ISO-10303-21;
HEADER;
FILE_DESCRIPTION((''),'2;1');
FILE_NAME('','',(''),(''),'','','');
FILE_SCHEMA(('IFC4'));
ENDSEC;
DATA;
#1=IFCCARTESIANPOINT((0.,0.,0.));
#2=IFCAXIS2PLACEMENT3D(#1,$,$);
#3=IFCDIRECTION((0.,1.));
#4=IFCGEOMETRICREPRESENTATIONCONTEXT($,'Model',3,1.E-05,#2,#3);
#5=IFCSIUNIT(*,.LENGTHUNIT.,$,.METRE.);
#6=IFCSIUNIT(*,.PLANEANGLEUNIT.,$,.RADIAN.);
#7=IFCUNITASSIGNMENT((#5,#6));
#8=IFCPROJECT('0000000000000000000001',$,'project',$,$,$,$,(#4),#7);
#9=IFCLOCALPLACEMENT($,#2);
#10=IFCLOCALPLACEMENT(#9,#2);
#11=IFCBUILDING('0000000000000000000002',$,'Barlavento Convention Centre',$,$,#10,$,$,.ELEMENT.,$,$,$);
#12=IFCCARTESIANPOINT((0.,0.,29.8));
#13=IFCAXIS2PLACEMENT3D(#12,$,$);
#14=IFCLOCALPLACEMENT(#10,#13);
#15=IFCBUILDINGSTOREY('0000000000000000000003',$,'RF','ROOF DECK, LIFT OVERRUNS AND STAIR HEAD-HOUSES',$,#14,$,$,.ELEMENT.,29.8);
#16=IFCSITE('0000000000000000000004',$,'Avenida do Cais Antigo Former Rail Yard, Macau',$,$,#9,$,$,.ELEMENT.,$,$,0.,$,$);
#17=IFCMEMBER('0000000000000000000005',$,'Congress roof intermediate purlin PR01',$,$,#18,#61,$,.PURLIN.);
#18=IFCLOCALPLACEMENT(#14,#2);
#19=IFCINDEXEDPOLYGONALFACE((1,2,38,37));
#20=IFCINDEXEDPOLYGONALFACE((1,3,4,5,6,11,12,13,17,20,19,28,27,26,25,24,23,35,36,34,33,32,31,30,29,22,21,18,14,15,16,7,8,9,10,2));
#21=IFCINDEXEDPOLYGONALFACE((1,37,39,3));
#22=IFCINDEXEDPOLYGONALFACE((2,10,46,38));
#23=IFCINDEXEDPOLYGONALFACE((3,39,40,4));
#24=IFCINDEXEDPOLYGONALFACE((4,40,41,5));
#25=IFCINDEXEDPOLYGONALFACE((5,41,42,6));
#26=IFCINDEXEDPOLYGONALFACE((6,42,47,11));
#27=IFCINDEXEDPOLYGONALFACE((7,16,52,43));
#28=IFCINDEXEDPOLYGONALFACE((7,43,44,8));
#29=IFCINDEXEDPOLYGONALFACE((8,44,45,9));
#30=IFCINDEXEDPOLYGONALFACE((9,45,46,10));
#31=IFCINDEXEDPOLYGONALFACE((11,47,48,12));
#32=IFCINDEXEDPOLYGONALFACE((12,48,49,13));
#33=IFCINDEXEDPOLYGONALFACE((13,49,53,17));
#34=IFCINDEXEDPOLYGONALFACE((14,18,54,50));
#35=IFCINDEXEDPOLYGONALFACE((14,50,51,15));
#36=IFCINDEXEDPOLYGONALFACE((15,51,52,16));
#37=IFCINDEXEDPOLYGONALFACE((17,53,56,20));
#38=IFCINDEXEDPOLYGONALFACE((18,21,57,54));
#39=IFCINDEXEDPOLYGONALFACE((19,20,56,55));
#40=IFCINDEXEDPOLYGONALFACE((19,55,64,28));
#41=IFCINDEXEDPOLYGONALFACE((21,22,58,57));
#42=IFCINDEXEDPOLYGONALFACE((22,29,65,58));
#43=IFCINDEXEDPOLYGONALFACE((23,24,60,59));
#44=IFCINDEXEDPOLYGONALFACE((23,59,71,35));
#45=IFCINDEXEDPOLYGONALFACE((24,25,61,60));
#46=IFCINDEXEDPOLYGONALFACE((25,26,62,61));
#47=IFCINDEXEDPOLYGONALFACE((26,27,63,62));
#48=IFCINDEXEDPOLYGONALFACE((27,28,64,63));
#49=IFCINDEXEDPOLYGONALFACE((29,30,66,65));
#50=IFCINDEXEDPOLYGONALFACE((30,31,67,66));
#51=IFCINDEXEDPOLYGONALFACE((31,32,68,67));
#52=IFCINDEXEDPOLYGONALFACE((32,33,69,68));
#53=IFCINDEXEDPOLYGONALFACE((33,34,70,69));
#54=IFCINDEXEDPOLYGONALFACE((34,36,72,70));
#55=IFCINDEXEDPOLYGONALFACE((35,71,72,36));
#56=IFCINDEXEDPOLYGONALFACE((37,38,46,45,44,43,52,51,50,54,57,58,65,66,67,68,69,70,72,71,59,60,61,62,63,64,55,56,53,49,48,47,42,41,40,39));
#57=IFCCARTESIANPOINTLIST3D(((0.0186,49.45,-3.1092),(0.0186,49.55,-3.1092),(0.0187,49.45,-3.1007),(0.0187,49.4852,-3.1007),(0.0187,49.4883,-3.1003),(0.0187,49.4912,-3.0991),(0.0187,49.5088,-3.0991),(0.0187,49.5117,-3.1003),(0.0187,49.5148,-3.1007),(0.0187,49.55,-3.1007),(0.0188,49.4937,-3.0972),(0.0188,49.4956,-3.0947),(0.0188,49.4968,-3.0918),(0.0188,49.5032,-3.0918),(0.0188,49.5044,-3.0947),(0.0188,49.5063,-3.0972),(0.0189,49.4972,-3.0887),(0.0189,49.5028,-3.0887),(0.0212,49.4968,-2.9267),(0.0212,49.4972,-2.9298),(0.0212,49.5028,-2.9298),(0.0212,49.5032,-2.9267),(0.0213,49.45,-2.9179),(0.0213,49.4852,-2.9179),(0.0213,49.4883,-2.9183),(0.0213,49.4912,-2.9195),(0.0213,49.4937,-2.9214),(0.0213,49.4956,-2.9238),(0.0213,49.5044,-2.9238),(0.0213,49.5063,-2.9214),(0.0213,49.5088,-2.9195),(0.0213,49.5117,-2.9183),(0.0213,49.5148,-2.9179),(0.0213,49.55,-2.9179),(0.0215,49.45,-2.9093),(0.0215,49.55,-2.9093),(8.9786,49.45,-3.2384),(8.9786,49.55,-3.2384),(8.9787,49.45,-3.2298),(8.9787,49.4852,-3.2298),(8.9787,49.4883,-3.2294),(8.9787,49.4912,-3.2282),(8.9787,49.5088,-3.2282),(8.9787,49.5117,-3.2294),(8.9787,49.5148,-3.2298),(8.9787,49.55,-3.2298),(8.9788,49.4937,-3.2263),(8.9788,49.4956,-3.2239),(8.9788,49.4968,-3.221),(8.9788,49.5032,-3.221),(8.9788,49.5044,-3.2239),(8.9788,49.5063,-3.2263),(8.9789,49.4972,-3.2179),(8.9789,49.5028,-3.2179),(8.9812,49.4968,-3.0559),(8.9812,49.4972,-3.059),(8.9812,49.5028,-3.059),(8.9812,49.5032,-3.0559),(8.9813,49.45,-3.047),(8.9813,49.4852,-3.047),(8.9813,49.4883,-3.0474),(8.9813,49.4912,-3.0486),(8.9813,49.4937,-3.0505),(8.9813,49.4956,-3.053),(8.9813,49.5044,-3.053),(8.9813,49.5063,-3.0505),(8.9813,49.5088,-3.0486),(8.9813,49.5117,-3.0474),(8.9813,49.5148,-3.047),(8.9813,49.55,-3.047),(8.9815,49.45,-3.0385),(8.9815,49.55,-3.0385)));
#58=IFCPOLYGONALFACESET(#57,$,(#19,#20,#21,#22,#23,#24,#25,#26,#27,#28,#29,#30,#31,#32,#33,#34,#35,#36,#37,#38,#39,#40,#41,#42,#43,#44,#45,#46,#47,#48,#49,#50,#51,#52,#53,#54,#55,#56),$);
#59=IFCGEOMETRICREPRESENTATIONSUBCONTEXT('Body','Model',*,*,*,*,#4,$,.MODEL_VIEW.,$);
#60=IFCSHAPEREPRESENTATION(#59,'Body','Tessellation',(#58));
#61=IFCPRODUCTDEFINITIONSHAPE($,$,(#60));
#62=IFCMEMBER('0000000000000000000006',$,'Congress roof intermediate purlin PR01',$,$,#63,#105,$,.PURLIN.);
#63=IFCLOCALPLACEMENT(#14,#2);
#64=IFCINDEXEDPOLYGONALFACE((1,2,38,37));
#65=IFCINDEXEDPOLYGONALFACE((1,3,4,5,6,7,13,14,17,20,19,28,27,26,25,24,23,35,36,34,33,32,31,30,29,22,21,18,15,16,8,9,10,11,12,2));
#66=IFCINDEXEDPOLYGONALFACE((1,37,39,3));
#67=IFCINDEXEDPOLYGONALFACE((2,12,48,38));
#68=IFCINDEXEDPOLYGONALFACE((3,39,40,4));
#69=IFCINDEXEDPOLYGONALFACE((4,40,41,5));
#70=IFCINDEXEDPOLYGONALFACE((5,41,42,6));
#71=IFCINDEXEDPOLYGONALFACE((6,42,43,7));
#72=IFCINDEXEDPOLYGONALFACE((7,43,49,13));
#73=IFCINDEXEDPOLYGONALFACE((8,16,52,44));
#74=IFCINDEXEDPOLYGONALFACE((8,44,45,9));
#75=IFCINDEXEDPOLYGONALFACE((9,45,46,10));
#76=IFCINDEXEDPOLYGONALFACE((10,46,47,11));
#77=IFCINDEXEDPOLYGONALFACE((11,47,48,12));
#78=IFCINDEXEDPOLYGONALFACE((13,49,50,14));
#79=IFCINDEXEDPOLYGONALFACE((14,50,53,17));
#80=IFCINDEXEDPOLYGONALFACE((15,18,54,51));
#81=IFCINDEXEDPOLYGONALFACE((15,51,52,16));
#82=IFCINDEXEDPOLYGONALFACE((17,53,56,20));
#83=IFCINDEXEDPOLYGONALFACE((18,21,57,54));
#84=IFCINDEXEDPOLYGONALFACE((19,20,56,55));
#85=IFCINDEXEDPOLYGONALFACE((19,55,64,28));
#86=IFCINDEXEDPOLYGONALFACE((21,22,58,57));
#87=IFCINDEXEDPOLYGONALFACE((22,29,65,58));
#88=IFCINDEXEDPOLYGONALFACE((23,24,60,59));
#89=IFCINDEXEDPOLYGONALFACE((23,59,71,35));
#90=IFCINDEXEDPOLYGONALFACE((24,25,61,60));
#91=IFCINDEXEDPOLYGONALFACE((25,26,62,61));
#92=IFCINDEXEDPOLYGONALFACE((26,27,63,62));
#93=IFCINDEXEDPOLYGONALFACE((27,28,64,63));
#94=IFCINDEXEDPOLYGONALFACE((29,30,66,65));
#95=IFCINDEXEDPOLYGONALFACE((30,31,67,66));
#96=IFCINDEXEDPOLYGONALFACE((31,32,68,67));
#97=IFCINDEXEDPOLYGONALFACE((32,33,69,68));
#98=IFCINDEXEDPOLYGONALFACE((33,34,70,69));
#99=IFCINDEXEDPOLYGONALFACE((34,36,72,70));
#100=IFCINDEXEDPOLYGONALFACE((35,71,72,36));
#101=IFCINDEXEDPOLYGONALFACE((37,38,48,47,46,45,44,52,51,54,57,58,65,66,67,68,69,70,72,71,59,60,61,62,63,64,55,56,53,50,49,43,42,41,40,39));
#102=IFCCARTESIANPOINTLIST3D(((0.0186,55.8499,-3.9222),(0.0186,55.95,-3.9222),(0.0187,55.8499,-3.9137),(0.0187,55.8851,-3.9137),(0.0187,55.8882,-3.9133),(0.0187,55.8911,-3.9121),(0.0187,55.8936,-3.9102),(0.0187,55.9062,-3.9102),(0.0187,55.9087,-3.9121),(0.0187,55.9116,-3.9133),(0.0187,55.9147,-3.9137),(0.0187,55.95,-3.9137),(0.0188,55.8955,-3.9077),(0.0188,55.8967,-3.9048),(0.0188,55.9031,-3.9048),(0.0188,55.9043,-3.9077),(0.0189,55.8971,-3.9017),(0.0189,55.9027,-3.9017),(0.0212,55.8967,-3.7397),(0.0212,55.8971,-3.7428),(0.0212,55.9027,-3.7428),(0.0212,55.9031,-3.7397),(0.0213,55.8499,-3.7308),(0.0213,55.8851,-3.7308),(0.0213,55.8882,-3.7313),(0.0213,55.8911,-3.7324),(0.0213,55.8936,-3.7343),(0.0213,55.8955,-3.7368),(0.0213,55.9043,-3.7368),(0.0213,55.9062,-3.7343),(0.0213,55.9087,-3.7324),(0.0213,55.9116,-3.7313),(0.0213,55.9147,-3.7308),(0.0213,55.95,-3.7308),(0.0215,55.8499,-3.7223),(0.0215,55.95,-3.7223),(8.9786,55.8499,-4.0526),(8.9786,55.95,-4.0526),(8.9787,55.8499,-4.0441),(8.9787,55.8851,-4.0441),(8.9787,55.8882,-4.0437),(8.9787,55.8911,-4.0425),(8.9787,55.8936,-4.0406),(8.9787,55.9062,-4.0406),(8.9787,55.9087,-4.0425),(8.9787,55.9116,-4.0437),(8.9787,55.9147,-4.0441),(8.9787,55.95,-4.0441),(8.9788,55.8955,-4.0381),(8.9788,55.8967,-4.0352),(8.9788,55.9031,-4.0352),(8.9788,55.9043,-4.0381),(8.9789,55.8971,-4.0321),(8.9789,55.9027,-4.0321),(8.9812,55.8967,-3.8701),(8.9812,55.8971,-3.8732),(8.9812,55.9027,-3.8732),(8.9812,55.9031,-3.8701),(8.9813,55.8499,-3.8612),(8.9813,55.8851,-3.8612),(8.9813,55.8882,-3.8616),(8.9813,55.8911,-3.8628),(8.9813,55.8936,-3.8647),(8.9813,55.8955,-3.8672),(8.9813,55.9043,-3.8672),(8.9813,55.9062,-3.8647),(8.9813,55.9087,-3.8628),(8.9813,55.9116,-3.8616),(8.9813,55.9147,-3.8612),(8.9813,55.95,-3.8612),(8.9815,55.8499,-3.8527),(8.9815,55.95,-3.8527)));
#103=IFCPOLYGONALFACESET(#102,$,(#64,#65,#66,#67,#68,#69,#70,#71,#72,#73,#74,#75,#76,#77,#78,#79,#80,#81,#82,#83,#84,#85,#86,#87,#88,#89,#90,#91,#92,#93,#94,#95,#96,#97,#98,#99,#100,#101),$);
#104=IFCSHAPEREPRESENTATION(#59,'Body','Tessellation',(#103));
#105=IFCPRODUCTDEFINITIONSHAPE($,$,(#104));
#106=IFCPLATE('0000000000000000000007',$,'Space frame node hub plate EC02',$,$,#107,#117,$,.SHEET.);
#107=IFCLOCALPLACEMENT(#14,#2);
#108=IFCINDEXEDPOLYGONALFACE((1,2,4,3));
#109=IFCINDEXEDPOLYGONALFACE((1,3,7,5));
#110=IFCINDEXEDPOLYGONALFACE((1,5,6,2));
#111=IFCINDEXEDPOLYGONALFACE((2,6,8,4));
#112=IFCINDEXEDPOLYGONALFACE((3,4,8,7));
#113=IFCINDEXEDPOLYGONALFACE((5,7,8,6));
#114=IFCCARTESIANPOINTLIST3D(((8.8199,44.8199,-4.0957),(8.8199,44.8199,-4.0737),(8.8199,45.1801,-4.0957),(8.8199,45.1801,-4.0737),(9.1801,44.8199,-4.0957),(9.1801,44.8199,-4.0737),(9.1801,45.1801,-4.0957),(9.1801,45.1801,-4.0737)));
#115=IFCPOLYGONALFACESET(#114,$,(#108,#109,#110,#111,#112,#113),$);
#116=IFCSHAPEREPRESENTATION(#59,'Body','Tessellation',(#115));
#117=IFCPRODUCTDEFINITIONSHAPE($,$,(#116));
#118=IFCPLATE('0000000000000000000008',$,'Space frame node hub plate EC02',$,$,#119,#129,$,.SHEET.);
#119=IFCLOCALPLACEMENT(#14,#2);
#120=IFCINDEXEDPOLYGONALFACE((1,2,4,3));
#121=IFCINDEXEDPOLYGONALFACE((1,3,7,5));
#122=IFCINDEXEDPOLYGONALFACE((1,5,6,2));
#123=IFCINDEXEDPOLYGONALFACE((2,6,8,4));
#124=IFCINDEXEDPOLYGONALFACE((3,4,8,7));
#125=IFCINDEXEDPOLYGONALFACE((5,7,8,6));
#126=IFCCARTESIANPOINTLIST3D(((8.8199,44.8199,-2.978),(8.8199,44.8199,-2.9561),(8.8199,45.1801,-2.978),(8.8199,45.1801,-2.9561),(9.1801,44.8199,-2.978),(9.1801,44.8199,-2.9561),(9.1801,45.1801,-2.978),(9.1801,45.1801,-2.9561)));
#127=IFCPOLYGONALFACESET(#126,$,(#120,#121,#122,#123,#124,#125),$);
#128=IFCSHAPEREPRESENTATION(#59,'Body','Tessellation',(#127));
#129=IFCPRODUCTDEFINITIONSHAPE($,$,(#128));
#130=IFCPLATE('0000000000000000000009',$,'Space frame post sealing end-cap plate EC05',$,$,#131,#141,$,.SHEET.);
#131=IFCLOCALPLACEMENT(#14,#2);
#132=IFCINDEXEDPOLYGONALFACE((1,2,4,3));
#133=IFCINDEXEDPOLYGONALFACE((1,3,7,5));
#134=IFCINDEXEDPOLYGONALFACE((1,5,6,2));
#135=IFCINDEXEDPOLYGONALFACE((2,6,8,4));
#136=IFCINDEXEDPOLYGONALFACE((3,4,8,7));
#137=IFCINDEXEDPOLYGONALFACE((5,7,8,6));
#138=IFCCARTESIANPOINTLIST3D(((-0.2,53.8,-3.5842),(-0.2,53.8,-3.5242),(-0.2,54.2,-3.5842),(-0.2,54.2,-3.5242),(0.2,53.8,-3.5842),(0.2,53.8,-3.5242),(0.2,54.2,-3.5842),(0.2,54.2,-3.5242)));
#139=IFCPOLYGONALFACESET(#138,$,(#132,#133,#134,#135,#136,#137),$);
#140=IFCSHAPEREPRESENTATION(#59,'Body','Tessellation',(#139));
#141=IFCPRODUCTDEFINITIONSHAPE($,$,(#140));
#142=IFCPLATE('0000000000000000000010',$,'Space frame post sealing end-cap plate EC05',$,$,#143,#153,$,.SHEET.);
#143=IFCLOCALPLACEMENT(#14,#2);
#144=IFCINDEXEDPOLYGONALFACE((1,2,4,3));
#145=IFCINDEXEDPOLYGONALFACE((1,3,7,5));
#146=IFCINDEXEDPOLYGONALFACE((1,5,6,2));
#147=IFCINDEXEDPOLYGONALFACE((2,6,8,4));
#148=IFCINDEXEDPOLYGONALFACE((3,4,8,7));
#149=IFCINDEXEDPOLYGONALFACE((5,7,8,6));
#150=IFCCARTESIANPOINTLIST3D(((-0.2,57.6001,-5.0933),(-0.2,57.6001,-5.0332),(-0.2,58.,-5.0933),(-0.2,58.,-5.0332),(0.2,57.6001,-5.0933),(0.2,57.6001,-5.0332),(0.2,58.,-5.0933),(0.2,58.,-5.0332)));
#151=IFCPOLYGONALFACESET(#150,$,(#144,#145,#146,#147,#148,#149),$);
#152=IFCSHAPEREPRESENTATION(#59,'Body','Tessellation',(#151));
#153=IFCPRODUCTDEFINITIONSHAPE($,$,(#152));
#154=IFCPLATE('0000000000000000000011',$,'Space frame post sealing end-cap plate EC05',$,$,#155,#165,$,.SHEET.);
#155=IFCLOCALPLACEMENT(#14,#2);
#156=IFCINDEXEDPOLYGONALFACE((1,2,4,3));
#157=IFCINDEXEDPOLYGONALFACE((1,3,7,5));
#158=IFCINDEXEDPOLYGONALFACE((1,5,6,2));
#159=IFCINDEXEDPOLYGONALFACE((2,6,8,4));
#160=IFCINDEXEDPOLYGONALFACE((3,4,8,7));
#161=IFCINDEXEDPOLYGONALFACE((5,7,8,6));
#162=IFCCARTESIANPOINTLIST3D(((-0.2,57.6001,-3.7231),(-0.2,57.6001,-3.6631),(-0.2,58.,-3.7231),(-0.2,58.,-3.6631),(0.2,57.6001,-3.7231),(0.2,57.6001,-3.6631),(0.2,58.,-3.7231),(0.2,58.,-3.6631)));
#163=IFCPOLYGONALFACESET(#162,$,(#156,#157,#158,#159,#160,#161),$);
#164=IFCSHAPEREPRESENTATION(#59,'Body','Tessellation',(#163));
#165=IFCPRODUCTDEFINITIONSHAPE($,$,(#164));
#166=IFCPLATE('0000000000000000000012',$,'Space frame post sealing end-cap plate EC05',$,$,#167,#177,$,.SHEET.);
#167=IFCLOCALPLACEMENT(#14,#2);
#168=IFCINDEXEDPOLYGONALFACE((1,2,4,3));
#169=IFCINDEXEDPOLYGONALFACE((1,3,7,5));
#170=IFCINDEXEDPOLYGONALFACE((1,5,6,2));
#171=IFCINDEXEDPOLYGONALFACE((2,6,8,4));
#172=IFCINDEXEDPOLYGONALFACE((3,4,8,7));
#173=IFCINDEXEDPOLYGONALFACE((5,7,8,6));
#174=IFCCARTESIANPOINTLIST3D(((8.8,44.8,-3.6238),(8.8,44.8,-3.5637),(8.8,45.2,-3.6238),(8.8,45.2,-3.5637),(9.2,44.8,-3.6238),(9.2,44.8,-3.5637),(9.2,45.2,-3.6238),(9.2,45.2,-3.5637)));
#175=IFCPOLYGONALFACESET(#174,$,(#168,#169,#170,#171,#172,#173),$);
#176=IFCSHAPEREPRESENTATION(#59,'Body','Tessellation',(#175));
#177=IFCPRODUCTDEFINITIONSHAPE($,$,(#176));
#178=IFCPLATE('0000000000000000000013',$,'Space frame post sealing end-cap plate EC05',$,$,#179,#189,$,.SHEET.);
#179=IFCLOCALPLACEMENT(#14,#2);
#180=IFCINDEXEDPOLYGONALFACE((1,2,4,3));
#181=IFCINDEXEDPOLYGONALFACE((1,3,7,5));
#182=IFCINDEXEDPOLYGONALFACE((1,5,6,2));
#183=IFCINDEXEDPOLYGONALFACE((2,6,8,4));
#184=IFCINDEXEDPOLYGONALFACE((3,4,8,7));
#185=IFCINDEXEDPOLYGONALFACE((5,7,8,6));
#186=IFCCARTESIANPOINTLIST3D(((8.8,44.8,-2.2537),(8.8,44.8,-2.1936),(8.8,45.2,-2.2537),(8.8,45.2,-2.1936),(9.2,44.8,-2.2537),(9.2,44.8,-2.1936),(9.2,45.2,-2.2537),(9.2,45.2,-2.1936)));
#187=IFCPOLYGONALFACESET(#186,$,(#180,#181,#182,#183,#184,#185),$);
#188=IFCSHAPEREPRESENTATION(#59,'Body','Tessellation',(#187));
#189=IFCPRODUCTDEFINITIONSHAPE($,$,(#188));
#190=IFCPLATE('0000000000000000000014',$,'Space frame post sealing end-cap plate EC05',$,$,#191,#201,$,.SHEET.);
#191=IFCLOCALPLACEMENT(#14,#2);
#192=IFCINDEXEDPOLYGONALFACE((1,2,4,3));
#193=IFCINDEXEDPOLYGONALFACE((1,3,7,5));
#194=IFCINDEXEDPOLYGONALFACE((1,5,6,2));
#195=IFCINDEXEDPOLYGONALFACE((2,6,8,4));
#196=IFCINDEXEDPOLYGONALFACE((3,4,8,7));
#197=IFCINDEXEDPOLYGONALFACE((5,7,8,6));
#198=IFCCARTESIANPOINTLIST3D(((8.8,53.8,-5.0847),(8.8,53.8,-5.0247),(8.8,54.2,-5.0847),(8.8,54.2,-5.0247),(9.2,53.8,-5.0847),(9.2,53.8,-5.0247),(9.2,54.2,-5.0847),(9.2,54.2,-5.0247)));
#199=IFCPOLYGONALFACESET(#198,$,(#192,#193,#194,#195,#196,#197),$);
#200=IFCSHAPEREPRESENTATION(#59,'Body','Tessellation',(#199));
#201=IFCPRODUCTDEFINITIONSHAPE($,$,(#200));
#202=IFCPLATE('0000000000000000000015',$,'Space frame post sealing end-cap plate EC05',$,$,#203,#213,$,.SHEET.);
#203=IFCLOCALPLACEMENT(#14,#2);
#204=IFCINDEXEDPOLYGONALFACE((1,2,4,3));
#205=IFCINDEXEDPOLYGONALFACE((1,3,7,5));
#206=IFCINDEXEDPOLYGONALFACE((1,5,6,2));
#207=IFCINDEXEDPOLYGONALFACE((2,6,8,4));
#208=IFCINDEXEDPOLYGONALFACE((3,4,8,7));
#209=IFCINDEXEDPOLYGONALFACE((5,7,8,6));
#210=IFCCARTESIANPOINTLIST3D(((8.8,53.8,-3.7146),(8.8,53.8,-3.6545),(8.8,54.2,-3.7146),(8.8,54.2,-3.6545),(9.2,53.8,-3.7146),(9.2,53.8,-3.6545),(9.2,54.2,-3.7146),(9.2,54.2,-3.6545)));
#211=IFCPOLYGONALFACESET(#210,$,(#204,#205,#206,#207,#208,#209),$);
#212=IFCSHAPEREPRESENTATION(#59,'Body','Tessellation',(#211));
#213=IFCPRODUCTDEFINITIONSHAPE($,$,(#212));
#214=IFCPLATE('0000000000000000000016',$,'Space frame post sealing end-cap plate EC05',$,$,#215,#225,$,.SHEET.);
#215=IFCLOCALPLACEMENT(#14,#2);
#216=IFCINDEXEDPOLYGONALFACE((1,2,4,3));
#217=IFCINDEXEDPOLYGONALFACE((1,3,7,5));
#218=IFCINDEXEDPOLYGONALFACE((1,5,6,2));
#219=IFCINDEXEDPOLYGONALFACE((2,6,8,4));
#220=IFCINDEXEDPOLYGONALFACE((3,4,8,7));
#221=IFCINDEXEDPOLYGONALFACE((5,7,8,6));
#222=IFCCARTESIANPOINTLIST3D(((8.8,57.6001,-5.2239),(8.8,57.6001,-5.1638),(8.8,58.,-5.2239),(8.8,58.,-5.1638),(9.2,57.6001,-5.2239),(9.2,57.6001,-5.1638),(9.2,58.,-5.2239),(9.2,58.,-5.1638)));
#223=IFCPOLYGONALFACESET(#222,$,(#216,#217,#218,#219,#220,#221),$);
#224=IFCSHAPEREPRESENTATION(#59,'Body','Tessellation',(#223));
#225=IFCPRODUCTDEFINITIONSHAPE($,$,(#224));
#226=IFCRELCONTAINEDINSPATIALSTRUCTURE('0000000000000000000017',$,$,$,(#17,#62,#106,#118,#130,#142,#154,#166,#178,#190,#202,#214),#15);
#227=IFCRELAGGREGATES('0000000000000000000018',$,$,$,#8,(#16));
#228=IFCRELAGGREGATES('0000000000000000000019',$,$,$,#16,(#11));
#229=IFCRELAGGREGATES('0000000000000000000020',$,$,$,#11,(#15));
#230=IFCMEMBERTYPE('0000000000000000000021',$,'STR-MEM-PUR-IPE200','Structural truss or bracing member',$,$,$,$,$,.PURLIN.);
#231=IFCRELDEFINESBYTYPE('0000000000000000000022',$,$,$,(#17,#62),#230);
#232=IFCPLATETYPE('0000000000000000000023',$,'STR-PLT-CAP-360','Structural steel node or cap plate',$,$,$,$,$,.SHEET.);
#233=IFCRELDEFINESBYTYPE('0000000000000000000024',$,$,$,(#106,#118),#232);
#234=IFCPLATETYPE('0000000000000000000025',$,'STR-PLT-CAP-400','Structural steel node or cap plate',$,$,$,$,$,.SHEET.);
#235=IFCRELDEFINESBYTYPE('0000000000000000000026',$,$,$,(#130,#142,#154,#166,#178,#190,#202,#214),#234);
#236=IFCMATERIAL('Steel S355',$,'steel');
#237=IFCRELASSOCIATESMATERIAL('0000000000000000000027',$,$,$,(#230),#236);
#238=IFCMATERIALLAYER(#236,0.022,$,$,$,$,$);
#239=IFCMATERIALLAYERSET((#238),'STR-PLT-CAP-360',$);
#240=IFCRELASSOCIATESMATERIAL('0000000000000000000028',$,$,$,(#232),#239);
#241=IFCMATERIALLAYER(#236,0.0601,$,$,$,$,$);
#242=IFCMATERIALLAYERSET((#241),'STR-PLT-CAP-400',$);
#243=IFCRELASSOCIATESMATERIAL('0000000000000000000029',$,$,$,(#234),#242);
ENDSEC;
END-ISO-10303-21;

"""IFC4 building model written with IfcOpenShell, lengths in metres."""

from ifc_helpers import new_model, si_unit, direction, frame, origin, origin_2d, place, context, subcontext, project, spatial, rectangle, i_section, extrude, material, layer, layer_set, material_profile, profile_set, type_object, element, save


model = new_model("IFC4")

# Units and contexts
model_context = context("Model", 3, precision=1e-05, world=origin(), true_north=direction((0.0, 1.0)))
body_context = subcontext(model_context, "Body", "Model", "MODEL_VIEW")
ifc_project = project(units=[si_unit("LENGTHUNIT", "METRE"), si_unit("PLANEANGLEUNIT", "RADIAN")], contexts=[model_context])

# Site, building, storey
site_placement = place(None, origin())
site = spatial("IfcSite", under=ifc_project, at=site_placement, Name="Avenida do Cais Antigo Former Rail Yard, Macau", CompositionType="ELEMENT", RefElevation=0.0)
building_placement = place(site_placement, origin())
building = spatial("IfcBuilding", under=site, at=building_placement, Name="Barlavento Convention Centre", CompositionType="ELEMENT")
storey_placement = place(building_placement, frame((0.0, 0.0, 29.8)))
storey = spatial("IfcBuildingStorey", under=building, at=storey_placement, Name="RF", Description="ROOF DECK, LIFT OVERRUNS AND STAIR HEAD-HOUSES", CompositionType="ELEMENT", Elevation=29.8)

# Shared definitions
ifc_material_1 = material(Name="Steel S355", Category="steel")

# Members
ifc_material_profile_1 = material_profile(ifc_material_1, i_section(OverallWidth=0.1001, OverallDepth=0.2, WebThickness=0.0056, FlangeThickness=0.0085, FilletRadius=0.012, at=origin_2d()), Name="IPE 200")
ifc_profile_set_1 = profile_set([ifc_material_profile_1], Name="Steel S355")
member_type_1 = type_object("IfcMemberType", Name="STR-MEM-PUR-IPE200", Description="Structural truss or bracing member", PredefinedType="PURLIN", material=ifc_profile_set_1)
for number, where, z_axis, x_axis, name in (
    (1, (0.02, 49.5, -3.0093), (0.999896, 0.0, -0.014413), (0.0, 1.0, 0.0), "Congress roof intermediate purlin PR01"),
    (2, (0.02, 55.8999, -3.8223), (0.999894, 0.0, -0.014549), (0.0, 1.0, 0.0), "Congress roof intermediate purlin PR01"),
):
    element("IfcMember", number, at=place(storey_placement, frame(where, z_axis=z_axis, x_axis=x_axis)), inside=storey, type_object=member_type_1, Name=name, PredefinedType="PURLIN", context=body_context, shape_type="SweptSolid", body=[
        extrude(i_section(OverallWidth=0.1001, OverallDepth=0.2, WebThickness=0.0056, FlangeThickness=0.0085, FilletRadius=0.012, at=origin_2d()), origin(), (0.0, 0.0, 1.0), 8.9609),
    ])

# Plates
ifc_layer_1 = layer(ifc_material_1, 0.022)
ifc_layer_set_1 = layer_set([ifc_layer_1], Name="STR-PLT-CAP-360")
plate_type_1 = type_object("IfcPlateType", Name="STR-PLT-CAP-360", Description="Structural steel node or cap plate", PredefinedType="SHEET", material=ifc_layer_set_1)
for number, where, z_axis, x_axis, name in (
    (3, (9.0, 45.0, -4.0957), (0.0, 0.0, 1.0), (1.0, 0.0, 0.0), "Space frame node hub plate EC02"),
    (4, (9.0, 45.0, -2.978), (0.0, 0.0, 1.0), (1.0, 0.0, 0.0), "Space frame node hub plate EC02"),
):
    element("IfcPlate", number, at=place(storey_placement, frame(where, z_axis=z_axis, x_axis=x_axis)), inside=storey, type_object=plate_type_1, Name=name, PredefinedType="SHEET", context=body_context, shape_type="SweptSolid", body=[
        extrude(rectangle(XDim=0.3601, YDim=0.3601, at=origin_2d()), origin(), (0.0, 0.0, 1.0), 0.022),
    ])
ifc_layer_2 = layer(ifc_material_1, 0.0601)
ifc_layer_set_2 = layer_set([ifc_layer_2], Name="STR-PLT-CAP-400")
plate_type_2 = type_object("IfcPlateType", Name="STR-PLT-CAP-400", Description="Structural steel node or cap plate", PredefinedType="SHEET", material=ifc_layer_set_2)
for number, where, z_axis, x_axis, name in (
    (5, (0.0, 54.0, -3.5842), (0.0, 0.0, 1.0), (1.0, 0.0, 0.0), "Space frame post sealing end-cap plate EC05"),
    (6, (0.0, 57.8, -5.0933), (0.0, 0.0, 1.0), (1.0, 0.0, 0.0), "Space frame post sealing end-cap plate EC05"),
    (7, (0.0, 57.8, -3.7231), (0.0, 0.0, 1.0), (1.0, 0.0, 0.0), "Space frame post sealing end-cap plate EC05"),
    (8, (9.0, 45.0, -3.6238), (0.0, 0.0, 1.0), (1.0, 0.0, 0.0), "Space frame post sealing end-cap plate EC05"),
    (9, (9.0, 45.0, -2.2537), (0.0, 0.0, 1.0), (1.0, 0.0, 0.0), "Space frame post sealing end-cap plate EC05"),
    (10, (9.0, 54.0, -5.0847), (0.0, 0.0, 1.0), (1.0, 0.0, 0.0), "Space frame post sealing end-cap plate EC05"),
    (11, (9.0, 54.0, -3.7146), (0.0, 0.0, 1.0), (1.0, 0.0, 0.0), "Space frame post sealing end-cap plate EC05"),
    (12, (9.0, 57.8, -5.2239), (0.0, 0.0, 1.0), (1.0, 0.0, 0.0), "Space frame post sealing end-cap plate EC05"),
):
    element("IfcPlate", number, at=place(storey_placement, frame(where, z_axis=z_axis, x_axis=x_axis)), inside=storey, type_object=plate_type_2, Name=name, PredefinedType="SHEET", context=body_context, shape_type="SweptSolid", body=[
        extrude(rectangle(XDim=0.3999, YDim=0.3999, at=origin_2d()), origin(), (0.0, 0.0, 1.0), 0.0601),
    ])

save(model, "model.ifc")
